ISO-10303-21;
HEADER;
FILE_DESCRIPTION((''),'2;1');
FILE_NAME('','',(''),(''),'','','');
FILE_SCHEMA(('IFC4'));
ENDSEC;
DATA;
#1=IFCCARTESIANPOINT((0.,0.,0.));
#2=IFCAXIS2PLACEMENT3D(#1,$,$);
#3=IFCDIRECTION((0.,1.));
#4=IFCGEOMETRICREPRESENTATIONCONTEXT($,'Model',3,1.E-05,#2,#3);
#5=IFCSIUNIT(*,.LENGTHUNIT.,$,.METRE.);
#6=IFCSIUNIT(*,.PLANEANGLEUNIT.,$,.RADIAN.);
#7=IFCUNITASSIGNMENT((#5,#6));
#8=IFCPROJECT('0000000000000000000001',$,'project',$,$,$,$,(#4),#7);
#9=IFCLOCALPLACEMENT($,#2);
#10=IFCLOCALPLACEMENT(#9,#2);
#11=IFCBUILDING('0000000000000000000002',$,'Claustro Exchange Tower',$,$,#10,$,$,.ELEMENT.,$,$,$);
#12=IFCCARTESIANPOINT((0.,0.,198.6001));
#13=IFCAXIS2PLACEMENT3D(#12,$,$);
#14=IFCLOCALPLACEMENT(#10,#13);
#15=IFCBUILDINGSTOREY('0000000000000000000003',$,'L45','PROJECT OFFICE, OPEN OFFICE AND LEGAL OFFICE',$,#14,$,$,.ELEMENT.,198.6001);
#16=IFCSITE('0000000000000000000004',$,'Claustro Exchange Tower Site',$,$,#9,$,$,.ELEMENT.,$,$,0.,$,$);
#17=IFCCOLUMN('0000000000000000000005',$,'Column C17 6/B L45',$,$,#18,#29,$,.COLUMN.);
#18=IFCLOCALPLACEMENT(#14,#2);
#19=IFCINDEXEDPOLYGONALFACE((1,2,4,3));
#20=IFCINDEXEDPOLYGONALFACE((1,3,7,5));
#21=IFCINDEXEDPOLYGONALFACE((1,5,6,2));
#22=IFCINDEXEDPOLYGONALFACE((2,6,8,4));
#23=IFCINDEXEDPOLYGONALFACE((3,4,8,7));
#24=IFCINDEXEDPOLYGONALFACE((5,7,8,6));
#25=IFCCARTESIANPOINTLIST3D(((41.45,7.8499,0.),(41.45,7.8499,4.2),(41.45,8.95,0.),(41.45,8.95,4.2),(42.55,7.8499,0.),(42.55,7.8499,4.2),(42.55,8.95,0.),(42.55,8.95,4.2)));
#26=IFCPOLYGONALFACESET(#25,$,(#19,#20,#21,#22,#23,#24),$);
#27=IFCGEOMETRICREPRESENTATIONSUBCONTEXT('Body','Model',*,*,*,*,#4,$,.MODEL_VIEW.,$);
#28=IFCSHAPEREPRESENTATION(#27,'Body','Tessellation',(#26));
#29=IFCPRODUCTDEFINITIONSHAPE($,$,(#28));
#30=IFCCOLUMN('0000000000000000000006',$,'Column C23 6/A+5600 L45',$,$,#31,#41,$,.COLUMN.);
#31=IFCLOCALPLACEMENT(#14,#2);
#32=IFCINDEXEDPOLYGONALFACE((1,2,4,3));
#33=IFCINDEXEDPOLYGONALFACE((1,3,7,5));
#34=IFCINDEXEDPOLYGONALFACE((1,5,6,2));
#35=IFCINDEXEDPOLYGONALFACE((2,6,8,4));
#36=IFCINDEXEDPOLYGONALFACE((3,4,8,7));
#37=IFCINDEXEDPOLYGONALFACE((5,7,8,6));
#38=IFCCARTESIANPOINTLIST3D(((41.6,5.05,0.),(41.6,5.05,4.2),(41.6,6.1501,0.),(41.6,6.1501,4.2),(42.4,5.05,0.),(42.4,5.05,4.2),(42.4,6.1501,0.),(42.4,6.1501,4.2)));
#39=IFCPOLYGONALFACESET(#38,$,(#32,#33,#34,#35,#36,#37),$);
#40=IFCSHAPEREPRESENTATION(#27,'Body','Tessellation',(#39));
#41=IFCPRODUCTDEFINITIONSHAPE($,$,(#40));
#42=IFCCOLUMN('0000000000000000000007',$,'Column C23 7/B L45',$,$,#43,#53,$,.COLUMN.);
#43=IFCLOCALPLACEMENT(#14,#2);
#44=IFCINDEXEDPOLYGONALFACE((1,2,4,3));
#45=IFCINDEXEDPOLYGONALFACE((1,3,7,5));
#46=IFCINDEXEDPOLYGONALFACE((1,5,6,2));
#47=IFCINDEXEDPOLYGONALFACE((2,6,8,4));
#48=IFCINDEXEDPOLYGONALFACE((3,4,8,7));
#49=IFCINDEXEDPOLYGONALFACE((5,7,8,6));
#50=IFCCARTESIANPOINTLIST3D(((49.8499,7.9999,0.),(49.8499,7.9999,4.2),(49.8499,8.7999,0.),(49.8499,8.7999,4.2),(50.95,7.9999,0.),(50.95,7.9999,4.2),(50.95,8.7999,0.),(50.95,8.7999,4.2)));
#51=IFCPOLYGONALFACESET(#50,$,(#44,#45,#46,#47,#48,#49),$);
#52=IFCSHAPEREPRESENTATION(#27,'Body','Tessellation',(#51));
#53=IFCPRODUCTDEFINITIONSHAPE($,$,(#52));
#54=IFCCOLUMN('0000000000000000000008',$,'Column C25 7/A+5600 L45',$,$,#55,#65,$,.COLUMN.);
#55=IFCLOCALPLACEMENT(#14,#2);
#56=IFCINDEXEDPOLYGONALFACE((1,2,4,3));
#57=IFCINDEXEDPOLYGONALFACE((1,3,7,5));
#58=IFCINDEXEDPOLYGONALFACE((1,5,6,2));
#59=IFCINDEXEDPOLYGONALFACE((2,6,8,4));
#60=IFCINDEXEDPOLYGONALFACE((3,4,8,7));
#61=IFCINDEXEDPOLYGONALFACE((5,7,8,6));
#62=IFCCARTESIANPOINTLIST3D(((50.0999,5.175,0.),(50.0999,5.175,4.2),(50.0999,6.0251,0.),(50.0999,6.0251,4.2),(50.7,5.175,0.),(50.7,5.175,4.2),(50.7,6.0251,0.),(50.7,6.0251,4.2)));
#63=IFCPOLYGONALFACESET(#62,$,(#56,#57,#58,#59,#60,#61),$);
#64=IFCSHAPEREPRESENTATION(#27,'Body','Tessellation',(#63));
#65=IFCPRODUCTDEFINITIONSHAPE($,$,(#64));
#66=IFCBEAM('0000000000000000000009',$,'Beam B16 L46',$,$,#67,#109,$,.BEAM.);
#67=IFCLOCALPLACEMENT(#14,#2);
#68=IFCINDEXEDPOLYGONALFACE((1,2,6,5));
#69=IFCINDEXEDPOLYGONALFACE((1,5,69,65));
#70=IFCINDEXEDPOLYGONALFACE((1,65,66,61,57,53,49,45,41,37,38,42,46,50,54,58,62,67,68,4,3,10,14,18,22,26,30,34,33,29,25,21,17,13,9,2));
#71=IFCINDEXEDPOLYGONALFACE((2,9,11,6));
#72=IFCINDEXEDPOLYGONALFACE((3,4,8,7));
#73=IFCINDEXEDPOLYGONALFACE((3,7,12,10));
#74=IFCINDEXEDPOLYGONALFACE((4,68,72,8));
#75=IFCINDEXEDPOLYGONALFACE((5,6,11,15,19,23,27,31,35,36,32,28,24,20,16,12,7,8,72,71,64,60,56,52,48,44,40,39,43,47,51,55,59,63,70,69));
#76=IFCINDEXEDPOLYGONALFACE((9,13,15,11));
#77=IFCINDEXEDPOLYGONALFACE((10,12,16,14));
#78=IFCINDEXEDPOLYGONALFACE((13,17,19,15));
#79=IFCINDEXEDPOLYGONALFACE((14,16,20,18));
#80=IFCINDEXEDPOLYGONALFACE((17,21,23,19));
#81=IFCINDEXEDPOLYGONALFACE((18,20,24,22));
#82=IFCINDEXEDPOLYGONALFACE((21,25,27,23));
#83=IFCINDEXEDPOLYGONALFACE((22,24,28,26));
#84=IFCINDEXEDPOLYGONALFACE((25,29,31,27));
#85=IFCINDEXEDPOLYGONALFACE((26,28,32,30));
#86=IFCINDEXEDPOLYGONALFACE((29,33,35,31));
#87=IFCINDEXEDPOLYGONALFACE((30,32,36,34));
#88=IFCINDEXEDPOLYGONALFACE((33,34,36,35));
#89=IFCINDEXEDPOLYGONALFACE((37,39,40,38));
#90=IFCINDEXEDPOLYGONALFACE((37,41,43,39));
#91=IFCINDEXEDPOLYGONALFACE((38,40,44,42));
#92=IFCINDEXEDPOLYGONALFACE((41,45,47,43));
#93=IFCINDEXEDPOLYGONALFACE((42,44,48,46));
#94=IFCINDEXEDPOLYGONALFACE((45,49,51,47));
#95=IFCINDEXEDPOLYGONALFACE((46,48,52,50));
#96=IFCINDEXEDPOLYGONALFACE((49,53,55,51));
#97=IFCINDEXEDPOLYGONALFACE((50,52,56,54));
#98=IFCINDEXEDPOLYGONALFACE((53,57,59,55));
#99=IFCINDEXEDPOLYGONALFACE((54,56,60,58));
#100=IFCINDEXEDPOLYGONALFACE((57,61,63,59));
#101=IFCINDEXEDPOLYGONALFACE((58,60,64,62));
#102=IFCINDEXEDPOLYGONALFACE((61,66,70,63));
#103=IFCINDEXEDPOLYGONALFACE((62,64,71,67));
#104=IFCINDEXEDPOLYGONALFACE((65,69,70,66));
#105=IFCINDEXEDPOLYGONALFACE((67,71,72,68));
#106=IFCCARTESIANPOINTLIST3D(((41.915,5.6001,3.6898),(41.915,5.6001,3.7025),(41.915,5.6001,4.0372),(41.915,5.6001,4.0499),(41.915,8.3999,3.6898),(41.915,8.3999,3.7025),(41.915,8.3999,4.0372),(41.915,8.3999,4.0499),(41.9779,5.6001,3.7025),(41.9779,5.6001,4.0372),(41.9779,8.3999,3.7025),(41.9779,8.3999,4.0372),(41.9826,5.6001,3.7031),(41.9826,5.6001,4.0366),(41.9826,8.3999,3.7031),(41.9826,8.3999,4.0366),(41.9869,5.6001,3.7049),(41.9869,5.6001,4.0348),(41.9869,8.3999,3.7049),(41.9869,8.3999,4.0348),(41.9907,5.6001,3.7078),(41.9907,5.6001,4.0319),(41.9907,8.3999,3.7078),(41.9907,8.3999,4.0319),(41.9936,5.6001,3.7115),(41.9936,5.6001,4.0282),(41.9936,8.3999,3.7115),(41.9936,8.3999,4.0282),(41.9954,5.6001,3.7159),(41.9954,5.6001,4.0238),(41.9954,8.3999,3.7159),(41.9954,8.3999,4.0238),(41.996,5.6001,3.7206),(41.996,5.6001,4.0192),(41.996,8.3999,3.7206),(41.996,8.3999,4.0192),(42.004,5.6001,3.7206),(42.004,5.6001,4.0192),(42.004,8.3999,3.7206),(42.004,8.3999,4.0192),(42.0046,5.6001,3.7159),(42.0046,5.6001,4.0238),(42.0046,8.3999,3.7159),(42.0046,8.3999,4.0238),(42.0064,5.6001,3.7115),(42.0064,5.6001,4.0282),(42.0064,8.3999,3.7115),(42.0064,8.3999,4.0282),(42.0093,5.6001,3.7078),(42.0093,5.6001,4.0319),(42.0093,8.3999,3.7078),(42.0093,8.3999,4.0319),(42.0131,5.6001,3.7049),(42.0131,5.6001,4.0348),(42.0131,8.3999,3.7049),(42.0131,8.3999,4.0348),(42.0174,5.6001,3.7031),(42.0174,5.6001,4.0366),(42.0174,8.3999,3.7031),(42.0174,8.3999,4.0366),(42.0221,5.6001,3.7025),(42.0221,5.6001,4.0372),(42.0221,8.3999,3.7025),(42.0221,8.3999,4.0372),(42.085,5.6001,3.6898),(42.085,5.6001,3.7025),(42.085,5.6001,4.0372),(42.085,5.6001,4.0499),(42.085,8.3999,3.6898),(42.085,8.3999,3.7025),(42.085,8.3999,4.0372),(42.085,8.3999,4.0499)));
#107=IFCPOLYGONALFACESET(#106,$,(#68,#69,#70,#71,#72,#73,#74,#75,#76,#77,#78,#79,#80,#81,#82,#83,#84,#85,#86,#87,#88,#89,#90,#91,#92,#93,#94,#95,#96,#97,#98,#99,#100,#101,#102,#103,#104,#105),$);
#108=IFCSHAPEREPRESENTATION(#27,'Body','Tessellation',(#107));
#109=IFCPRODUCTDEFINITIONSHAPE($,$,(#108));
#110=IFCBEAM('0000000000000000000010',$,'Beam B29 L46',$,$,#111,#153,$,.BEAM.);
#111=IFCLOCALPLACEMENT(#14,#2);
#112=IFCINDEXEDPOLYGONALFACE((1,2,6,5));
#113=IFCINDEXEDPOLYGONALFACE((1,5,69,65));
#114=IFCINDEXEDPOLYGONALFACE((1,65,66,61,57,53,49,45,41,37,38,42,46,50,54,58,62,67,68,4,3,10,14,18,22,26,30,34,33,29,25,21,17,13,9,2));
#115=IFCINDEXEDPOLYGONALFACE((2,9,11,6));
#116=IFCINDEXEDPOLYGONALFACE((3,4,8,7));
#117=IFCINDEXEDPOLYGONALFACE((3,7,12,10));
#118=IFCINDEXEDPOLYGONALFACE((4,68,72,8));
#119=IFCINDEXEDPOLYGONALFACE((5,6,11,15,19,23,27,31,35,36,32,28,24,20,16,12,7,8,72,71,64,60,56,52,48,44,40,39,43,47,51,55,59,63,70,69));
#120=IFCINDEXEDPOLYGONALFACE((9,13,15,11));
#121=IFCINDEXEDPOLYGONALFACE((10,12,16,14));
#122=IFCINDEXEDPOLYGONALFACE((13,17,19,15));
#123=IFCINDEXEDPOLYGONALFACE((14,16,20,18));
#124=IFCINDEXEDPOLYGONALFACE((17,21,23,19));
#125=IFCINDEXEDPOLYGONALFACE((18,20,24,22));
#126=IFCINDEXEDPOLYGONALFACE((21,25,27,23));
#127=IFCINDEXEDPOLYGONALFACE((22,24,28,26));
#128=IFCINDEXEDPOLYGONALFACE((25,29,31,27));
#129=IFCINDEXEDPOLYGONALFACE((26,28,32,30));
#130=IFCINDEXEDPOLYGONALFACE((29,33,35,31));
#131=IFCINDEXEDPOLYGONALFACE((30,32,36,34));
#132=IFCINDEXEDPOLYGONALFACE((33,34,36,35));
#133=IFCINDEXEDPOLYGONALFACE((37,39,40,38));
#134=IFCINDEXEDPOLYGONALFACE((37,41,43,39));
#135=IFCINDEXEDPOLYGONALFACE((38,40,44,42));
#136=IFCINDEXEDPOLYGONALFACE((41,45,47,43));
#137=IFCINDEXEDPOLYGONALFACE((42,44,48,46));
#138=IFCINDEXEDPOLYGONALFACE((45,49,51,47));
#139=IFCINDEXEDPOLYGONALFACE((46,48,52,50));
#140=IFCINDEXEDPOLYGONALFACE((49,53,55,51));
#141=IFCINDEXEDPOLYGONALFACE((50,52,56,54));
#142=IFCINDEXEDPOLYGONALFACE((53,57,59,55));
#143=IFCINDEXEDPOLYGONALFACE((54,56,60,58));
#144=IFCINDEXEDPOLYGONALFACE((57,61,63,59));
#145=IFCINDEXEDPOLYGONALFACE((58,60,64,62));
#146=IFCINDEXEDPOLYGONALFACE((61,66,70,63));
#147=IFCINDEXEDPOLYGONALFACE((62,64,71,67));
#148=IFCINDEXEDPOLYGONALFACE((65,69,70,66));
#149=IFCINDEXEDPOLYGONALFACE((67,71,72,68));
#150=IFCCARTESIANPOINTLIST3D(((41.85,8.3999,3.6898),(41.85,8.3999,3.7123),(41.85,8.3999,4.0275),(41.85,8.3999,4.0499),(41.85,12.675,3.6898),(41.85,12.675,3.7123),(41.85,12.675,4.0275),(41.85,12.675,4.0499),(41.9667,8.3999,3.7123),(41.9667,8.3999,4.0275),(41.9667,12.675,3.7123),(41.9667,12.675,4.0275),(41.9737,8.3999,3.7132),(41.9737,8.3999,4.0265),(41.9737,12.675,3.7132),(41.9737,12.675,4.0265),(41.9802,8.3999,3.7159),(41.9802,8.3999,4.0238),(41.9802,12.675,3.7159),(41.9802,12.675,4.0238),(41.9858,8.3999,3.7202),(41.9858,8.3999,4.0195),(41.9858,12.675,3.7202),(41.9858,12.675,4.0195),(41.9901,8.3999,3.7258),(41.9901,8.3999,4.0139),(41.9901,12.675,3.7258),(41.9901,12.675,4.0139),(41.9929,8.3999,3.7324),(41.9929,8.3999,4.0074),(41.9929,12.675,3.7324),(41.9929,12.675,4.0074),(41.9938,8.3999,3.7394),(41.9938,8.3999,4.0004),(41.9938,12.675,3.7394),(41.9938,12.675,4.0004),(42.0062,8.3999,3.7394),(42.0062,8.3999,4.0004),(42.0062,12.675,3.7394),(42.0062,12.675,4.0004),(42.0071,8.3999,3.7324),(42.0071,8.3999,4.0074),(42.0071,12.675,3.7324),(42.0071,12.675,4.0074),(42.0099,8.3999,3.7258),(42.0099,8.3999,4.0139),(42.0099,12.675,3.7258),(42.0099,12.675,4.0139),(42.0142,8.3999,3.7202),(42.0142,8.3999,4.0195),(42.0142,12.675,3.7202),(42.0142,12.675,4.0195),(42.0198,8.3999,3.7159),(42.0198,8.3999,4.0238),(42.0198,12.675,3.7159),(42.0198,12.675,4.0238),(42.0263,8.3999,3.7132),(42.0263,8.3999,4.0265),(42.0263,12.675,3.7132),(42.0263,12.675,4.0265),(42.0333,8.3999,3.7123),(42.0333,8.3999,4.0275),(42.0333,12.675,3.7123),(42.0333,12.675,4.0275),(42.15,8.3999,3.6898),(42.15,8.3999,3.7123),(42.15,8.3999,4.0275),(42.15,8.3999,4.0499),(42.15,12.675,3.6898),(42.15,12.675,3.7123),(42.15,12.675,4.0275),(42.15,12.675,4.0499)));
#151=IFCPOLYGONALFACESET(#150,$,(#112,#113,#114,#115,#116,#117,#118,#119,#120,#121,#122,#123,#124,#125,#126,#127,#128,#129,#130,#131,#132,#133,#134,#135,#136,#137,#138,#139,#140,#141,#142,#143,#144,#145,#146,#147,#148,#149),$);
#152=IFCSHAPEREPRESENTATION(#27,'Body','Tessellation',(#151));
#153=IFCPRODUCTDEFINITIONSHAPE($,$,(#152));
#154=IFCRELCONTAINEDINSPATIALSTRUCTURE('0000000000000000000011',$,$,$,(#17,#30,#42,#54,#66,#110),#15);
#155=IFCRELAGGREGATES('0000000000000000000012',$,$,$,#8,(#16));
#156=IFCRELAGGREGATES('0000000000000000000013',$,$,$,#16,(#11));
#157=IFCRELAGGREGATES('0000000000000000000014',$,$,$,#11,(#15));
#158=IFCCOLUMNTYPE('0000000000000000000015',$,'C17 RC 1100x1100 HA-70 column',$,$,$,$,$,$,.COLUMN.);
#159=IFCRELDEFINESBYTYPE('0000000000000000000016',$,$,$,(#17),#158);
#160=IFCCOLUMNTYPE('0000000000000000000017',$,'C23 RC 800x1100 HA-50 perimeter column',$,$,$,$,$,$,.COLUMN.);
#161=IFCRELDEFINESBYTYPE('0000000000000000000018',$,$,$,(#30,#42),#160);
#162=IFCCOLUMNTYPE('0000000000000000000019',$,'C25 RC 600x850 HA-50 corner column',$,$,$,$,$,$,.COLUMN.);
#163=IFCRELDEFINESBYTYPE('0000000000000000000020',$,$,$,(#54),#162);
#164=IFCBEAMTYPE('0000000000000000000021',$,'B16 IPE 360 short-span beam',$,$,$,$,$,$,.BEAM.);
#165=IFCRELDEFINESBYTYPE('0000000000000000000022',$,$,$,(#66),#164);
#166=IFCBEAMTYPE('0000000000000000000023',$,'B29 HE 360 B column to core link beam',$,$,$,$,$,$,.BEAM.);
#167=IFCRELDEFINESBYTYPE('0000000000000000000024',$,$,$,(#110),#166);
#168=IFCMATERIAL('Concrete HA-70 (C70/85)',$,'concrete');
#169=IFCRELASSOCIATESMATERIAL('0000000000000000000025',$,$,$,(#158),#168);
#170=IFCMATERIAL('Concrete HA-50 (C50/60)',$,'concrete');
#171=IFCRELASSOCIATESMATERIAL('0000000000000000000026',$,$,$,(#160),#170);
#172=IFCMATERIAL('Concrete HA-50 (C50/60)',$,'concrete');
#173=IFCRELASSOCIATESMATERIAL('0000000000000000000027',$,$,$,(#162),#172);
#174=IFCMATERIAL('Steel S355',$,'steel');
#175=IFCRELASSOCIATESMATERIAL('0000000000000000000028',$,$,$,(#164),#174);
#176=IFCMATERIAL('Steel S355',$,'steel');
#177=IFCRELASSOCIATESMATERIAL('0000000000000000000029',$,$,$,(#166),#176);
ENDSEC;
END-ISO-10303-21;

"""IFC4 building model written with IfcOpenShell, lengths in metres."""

from ifc_helpers import new_model, si_unit, direction, frame, origin, origin_2d, place, context, subcontext, project, spatial, rectangle, i_section, extrude, material, material_profile, profile_set, type_object, element, save


model = new_model("IFC4")

# Units and contexts
model_context = context("Model", 3, precision=1e-05, world=origin(), true_north=direction((0.0, 1.0)))
body_context = subcontext(model_context, "Body", "Model", "MODEL_VIEW")
ifc_project = project(units=[si_unit("LENGTHUNIT", "METRE"), si_unit("PLANEANGLEUNIT", "RADIAN")], contexts=[model_context])

# Site, building, storey
site_placement = place(None, origin())
site = spatial("IfcSite", under=ifc_project, at=site_placement, Name="Claustro Exchange Tower Site", CompositionType="ELEMENT", RefElevation=0.0)
building_placement = place(site_placement, origin())
building = spatial("IfcBuilding", under=site, at=building_placement, Name="Claustro Exchange Tower", CompositionType="ELEMENT")
storey_placement = place(building_placement, frame((0.0, 0.0, 198.6001)))
storey = spatial("IfcBuildingStorey", under=building, at=storey_placement, Name="L45", Description="PROJECT OFFICE, OPEN OFFICE AND LEGAL OFFICE", CompositionType="ELEMENT", Elevation=198.6001)

# Columns
ifc_material_1 = material(Name="Concrete HA-70 (C70/85)", Category="concrete")
ifc_material_profile_1 = material_profile(ifc_material_1, rectangle(XDim=1.1001, YDim=1.1001, at=origin_2d()), Name="RC 1100x1100")
ifc_profile_set_1 = profile_set([ifc_material_profile_1], Name="Concrete HA-70 (C70/85)")
column_type_1 = type_object("IfcColumnType", Name="C17 RC 1100x1100 HA-70 column", PredefinedType="COLUMN", material=ifc_profile_set_1)
column_1_placement = place(storey_placement, frame((42.0, 8.3999, 0.0), z_axis=(0.0, 0.0, 1.0), x_axis=(1.0, 0.0, 0.0)))
element("IfcColumn", 1, at=column_1_placement, inside=storey, type_object=column_type_1, Name="Column C17 6/B L45", PredefinedType="COLUMN", context=body_context, shape_type="SweptSolid", body=[
    extrude(rectangle(XDim=1.1001, YDim=1.1001, at=origin_2d()), origin(), (0.0, 0.0, 1.0), 4.2),
])
ifc_material_2 = material(Name="Concrete HA-50 (C50/60)", Category="concrete")
ifc_material_profile_2 = material_profile(ifc_material_2, rectangle(XDim=0.8, YDim=1.1001, at=origin_2d()), Name="RC 800x1100")
ifc_profile_set_2 = profile_set([ifc_material_profile_2], Name="Concrete HA-50 (C50/60)")
column_type_2 = type_object("IfcColumnType", Name="C23 RC 800x1100 HA-50 perimeter column", PredefinedType="COLUMN", material=ifc_profile_set_2)
for number, where, z_axis, x_axis, name in (
    (2, (42.0, 5.6001, 0.0), (0.0, 0.0, 1.0), (1.0, 0.0, 0.0), "Column C23 6/A+5600 L45"),
    (3, (50.3999, 8.3999, 0.0), (0.0, 0.0, 1.0), (0.0, 1.0, 0.0), "Column C23 7/B L45"),
):
    element("IfcColumn", number, at=place(storey_placement, frame(where, z_axis=z_axis, x_axis=x_axis)), inside=storey, type_object=column_type_2, Name=name, PredefinedType="COLUMN", context=body_context, shape_type="SweptSolid", body=[
        extrude(rectangle(XDim=0.8, YDim=1.1001, at=origin_2d()), origin(), (0.0, 0.0, 1.0), 4.2),
    ])
ifc_material_3 = material(Name="Concrete HA-50 (C50/60)", Category="concrete")
ifc_material_profile_3 = material_profile(ifc_material_3, rectangle(XDim=0.6001, YDim=0.8501, at=origin_2d()), Name="RC 600x850")
ifc_profile_set_3 = profile_set([ifc_material_profile_3], Name="Concrete HA-50 (C50/60)")
column_type_3 = type_object("IfcColumnType", Name="C25 RC 600x850 HA-50 corner column", PredefinedType="COLUMN", material=ifc_profile_set_3)
column_2_placement = place(storey_placement, frame((50.3999, 5.6001, 0.0), z_axis=(0.0, 0.0, 1.0), x_axis=(1.0, 0.0, 0.0)))
element("IfcColumn", 4, at=column_2_placement, inside=storey, type_object=column_type_3, Name="Column C25 7/A+5600 L45", PredefinedType="COLUMN", context=body_context, shape_type="SweptSolid", body=[
    extrude(rectangle(XDim=0.6001, YDim=0.8501, at=origin_2d()), origin(), (0.0, 0.0, 1.0), 4.2),
])

# Beams
ifc_material_4 = material(Name="Steel S355", Category="steel")
ifc_material_profile_4 = material_profile(ifc_material_4, i_section(OverallWidth=0.1699, OverallDepth=0.3601, WebThickness=0.0081, FlangeThickness=0.0127, FilletRadius=0.0181, at=origin_2d()), Name="IPE 360")
ifc_profile_set_4 = profile_set([ifc_material_profile_4], Name="Steel S355")
beam_type_1 = type_object("IfcBeamType", Name="B16 IPE 360 short-span beam", PredefinedType="BEAM", material=ifc_profile_set_4)
beam_1_placement = place(storey_placement, frame((42.0, 5.6001, 3.8699), z_axis=(0.0, 1.0, 0.0), x_axis=(-1.0, 0.0, 0.0)))
element("IfcBeam", 5, at=beam_1_placement, inside=storey, type_object=beam_type_1, Name="Beam B16 L46", PredefinedType="BEAM", context=body_context, shape_type="SweptSolid", body=[
    extrude(i_section(OverallWidth=0.1699, OverallDepth=0.3601, WebThickness=0.0081, FlangeThickness=0.0127, FilletRadius=0.0181, at=origin_2d()), origin(), (0.0, 0.0, 1.0), 2.7998),
])
ifc_material_5 = material(Name="Steel S355", Category="steel")
ifc_material_profile_5 = material_profile(ifc_material_5, i_section(OverallWidth=0.3, OverallDepth=0.3601, WebThickness=0.0125, FlangeThickness=0.0225, FilletRadius=0.0271, at=origin_2d()), Name="HE 360 B")
ifc_profile_set_5 = profile_set([ifc_material_profile_5], Name="Steel S355")
beam_type_2 = type_object("IfcBeamType", Name="B29 HE 360 B column to core link beam", PredefinedType="BEAM", material=ifc_profile_set_5)
beam_2_placement = place(storey_placement, frame((42.0, 8.3999, 3.8699), z_axis=(0.0, 1.0, 0.0), x_axis=(-1.0, 0.0, 0.0)))
element("IfcBeam", 6, at=beam_2_placement, inside=storey, type_object=beam_type_2, Name="Beam B29 L46", PredefinedType="BEAM", context=body_context, shape_type="SweptSolid", body=[
    extrude(i_section(OverallWidth=0.3, OverallDepth=0.3601, WebThickness=0.0125, FlangeThickness=0.0225, FilletRadius=0.0271, at=origin_2d()), origin(), (0.0, 0.0, 1.0), 4.2751),
])

save(model, "model.ifc")
